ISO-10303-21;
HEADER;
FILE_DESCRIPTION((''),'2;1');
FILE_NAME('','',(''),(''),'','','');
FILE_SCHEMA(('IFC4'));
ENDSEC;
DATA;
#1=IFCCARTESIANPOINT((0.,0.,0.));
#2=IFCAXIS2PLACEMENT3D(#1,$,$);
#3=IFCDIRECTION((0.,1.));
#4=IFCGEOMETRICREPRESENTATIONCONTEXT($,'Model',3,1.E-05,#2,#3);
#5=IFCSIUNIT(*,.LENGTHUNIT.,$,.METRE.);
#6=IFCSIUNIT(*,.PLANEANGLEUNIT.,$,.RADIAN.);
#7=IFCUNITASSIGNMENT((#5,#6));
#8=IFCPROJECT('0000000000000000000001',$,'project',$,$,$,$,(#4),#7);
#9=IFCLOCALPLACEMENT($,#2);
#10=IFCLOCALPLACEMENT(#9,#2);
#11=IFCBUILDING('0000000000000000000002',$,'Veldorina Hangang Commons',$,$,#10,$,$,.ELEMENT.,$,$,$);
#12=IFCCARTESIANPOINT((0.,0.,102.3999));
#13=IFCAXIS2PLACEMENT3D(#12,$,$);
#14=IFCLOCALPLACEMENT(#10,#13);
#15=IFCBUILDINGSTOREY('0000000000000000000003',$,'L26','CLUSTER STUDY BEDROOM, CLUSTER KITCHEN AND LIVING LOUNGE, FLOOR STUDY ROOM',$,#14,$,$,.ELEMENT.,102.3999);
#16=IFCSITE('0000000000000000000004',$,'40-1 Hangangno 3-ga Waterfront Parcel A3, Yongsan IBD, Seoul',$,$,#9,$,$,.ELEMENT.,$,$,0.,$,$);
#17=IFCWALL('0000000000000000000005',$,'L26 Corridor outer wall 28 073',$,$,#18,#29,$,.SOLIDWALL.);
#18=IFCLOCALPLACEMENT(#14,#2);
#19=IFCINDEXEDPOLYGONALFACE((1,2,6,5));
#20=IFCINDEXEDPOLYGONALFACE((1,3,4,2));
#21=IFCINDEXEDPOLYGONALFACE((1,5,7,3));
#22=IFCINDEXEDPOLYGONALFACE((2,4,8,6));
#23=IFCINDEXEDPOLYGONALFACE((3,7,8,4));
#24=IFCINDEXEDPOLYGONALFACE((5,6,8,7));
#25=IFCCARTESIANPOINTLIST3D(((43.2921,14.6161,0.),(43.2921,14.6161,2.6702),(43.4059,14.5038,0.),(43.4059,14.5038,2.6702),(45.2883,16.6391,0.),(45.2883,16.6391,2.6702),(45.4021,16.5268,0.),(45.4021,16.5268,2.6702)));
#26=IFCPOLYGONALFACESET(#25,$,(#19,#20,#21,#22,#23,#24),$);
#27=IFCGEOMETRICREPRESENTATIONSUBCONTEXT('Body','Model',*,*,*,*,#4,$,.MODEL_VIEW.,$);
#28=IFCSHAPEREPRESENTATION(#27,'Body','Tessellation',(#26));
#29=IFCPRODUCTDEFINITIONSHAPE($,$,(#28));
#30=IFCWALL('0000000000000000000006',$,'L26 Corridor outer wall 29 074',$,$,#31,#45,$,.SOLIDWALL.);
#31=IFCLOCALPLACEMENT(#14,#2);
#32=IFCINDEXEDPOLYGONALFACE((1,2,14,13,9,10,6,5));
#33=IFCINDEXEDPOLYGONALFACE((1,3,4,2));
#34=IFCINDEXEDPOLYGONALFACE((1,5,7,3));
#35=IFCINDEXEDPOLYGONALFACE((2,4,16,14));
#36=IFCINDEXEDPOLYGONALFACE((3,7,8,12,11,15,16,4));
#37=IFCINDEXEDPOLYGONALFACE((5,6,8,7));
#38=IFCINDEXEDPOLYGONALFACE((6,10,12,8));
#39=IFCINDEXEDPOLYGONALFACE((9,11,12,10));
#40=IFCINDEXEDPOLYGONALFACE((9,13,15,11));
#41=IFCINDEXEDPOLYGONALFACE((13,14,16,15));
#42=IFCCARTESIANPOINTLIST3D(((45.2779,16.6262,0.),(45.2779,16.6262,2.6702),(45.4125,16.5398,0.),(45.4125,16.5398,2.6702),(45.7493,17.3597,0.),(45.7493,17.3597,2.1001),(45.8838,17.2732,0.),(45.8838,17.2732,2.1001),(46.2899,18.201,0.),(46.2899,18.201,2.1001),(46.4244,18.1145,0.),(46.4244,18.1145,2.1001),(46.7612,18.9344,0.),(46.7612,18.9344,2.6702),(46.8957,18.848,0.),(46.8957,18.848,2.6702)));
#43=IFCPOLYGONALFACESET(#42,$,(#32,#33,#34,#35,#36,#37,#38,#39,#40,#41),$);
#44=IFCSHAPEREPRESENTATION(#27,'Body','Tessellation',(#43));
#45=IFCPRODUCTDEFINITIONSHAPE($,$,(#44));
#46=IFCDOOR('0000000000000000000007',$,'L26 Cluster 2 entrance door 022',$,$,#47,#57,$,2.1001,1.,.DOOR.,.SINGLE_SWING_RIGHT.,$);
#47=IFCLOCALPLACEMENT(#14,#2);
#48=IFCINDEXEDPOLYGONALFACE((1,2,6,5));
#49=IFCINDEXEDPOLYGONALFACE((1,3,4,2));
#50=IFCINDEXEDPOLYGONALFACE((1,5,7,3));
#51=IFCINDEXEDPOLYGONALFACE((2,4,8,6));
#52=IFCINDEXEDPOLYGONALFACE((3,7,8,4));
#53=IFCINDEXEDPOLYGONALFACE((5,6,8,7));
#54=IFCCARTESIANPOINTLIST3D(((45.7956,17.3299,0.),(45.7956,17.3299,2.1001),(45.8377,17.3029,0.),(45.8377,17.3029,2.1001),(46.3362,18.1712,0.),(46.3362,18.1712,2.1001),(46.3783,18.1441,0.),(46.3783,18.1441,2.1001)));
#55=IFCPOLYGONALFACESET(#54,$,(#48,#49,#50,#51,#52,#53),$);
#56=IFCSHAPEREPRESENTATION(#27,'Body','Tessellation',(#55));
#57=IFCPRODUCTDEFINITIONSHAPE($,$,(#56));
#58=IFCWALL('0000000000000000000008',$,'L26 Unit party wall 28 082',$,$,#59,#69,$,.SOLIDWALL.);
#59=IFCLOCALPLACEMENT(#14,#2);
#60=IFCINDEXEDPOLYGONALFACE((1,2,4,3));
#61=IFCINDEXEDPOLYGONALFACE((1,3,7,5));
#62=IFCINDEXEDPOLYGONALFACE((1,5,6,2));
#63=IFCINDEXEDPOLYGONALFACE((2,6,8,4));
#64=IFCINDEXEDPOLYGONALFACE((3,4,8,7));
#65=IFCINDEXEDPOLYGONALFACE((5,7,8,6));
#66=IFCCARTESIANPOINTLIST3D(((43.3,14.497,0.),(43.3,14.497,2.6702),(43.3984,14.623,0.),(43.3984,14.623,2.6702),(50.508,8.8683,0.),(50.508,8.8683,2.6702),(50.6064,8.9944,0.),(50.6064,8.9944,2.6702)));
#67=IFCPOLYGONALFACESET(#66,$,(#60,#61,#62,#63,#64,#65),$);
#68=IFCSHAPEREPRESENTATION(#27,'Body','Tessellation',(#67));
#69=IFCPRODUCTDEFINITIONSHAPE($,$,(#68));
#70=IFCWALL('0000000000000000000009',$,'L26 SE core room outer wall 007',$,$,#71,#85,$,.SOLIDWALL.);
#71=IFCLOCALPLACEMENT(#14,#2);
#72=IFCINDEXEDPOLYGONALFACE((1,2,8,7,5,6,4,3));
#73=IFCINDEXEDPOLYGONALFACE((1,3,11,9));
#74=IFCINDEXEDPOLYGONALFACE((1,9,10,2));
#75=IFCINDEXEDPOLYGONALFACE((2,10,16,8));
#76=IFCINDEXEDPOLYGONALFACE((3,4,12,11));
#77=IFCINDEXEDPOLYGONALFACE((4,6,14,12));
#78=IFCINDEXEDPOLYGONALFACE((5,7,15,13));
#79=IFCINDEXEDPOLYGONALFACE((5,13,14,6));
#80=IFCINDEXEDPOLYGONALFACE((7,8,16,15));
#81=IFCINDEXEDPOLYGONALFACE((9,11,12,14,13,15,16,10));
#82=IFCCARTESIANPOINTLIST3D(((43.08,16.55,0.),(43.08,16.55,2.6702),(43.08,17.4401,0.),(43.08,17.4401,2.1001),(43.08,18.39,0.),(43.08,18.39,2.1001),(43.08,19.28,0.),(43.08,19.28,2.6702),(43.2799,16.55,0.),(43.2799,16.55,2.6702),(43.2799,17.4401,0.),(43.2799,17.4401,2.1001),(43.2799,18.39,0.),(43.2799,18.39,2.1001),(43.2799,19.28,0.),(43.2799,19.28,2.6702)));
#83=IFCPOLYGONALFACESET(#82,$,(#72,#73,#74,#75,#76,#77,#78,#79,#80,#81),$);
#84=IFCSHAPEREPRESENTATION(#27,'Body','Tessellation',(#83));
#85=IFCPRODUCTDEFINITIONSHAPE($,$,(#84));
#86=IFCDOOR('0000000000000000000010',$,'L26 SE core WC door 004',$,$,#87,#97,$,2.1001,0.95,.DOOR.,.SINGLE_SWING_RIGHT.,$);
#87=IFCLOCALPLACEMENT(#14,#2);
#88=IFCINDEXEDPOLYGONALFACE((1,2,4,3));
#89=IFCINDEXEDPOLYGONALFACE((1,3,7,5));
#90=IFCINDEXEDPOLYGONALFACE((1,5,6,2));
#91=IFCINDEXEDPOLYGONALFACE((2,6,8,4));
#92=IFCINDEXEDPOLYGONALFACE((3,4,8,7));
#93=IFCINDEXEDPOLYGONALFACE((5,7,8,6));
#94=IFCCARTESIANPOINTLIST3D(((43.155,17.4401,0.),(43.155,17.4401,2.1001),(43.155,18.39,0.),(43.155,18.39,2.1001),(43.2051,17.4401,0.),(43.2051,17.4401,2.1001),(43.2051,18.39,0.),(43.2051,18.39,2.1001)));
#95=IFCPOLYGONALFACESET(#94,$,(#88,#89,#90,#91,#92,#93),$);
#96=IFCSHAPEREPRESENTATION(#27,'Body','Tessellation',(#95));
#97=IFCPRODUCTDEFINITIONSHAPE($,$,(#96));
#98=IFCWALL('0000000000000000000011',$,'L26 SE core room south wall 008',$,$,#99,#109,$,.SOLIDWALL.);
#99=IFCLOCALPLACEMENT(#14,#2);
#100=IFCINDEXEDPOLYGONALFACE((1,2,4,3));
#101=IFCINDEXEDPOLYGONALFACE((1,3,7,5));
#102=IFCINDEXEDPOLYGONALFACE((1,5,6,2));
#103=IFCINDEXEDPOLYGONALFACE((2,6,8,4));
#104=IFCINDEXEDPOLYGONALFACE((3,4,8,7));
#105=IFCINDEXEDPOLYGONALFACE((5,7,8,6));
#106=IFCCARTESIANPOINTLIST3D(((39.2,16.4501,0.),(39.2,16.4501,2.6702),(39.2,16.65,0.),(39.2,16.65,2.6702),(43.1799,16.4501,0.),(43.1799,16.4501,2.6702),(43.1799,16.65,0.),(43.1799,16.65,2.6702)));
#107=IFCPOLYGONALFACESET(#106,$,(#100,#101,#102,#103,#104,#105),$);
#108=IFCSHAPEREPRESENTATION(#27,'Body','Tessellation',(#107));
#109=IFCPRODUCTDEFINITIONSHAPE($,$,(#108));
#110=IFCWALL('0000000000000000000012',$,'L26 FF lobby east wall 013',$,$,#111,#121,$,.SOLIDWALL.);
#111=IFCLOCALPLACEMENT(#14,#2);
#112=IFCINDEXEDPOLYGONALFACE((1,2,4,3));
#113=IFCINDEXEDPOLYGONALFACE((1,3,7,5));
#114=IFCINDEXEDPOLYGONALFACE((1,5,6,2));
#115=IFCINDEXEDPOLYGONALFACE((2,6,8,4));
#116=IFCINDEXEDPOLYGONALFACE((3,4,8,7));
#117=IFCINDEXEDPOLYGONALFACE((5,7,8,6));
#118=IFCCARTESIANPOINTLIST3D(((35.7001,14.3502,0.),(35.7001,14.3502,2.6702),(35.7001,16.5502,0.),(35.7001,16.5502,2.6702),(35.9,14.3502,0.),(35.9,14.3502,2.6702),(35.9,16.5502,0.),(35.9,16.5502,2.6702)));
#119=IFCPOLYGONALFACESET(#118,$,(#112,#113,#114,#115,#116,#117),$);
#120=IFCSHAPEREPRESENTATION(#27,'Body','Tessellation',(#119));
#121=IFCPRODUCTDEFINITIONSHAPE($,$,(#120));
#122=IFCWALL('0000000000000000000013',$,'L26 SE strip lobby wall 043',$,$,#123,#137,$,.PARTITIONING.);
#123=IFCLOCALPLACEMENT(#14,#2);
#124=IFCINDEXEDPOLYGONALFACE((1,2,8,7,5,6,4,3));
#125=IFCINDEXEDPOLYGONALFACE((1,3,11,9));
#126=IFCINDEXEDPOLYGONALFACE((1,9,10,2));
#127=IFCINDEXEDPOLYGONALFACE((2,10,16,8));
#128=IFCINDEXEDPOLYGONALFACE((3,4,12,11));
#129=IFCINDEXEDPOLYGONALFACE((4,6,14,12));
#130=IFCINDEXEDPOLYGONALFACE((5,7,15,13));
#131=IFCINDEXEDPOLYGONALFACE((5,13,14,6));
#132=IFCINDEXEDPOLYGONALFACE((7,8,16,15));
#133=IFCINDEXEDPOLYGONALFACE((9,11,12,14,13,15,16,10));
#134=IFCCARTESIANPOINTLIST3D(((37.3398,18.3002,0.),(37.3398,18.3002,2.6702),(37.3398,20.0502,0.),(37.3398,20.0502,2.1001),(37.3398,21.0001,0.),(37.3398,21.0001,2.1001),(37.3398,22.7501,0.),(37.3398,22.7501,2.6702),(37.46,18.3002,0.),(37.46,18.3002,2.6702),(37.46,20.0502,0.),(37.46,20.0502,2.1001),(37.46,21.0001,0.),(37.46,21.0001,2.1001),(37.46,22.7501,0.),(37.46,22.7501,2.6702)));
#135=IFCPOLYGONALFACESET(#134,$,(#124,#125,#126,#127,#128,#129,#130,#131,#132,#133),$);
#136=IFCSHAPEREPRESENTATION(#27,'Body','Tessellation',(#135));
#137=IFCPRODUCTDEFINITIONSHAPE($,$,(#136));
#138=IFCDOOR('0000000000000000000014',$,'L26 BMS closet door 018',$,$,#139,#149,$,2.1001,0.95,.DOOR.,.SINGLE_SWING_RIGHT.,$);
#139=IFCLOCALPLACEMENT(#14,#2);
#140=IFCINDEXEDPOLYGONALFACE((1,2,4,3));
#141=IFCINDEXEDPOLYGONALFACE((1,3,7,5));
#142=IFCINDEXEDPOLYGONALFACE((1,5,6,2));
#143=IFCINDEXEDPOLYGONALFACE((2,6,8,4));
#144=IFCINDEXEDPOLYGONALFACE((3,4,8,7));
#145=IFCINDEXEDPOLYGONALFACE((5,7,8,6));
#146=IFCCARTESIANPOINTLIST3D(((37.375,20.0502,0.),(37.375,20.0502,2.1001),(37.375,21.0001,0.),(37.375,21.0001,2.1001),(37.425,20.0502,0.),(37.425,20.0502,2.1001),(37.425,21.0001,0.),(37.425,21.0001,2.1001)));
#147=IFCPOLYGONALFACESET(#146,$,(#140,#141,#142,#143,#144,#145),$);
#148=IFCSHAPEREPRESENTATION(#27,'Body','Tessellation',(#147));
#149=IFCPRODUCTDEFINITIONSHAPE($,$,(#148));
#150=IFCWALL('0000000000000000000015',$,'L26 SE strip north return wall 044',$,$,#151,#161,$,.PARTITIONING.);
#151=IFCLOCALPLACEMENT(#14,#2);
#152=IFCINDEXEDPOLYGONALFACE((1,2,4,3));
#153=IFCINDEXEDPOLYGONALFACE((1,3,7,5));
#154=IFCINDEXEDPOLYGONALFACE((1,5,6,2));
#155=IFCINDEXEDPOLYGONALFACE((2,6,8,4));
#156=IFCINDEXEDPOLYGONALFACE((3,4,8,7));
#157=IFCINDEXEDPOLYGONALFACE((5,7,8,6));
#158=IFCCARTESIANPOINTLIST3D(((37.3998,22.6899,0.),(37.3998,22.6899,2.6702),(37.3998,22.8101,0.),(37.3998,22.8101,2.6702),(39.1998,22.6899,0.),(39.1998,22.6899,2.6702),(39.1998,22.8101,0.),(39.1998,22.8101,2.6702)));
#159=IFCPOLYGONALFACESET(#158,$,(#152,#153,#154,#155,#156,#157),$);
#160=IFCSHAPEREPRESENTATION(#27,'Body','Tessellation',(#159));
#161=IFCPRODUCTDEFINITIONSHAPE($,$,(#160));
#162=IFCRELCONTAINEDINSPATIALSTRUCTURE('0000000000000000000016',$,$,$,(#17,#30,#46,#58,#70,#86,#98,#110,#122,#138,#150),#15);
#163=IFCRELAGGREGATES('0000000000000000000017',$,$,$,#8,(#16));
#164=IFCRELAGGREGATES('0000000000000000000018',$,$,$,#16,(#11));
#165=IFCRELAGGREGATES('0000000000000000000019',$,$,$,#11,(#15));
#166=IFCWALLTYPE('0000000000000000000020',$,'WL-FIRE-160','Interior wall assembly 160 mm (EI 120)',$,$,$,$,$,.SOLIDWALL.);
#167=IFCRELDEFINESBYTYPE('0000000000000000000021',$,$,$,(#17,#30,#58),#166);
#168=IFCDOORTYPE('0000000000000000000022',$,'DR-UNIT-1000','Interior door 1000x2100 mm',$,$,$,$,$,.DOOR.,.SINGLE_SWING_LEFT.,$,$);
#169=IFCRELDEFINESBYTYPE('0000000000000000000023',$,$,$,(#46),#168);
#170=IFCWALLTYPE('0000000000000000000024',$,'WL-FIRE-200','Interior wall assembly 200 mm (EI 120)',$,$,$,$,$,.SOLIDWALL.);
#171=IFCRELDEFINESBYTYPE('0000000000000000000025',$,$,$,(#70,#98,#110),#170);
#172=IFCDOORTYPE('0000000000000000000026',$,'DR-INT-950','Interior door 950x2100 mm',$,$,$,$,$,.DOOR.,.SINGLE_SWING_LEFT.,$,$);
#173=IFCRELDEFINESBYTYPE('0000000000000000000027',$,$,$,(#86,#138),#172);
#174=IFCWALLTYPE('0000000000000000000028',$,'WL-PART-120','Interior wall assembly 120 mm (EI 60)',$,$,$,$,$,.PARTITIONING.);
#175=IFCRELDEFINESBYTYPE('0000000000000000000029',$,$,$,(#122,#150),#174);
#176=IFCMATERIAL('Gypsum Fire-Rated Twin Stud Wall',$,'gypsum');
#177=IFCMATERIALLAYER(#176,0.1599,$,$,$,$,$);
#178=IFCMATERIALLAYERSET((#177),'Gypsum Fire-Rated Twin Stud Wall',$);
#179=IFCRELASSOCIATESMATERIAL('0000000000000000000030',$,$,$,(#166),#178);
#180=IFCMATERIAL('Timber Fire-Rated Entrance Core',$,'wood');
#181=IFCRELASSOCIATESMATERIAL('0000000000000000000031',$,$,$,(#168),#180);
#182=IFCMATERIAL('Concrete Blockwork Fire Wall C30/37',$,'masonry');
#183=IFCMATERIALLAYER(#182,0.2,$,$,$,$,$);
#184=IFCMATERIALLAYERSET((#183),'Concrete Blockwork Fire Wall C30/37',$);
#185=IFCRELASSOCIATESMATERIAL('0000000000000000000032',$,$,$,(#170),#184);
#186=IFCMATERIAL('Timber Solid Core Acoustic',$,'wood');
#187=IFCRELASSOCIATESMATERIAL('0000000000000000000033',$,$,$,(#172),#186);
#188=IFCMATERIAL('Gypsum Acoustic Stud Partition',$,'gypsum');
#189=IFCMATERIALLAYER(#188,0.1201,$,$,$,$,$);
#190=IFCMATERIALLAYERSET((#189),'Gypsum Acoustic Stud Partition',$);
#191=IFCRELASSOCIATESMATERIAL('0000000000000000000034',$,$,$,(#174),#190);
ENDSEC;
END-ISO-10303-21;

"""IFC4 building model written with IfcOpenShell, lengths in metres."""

from ifc_helpers import new_model, si_unit, direction, frame, frame_2d, origin, place, context, subcontext, project, spatial, rectangle, extrude, material, layer, layer_set, type_object, element, fill, save


model = new_model("IFC4")

# Units and contexts
model_context = context("Model", 3, precision=1e-05, world=origin(), true_north=direction((0.0, 1.0)))
body_context = subcontext(model_context, "Body", "Model", "MODEL_VIEW")
ifc_project = project(units=[si_unit("LENGTHUNIT", "METRE"), si_unit("PLANEANGLEUNIT", "RADIAN")], contexts=[model_context])

# Site, building, storey
site_placement = place(None, origin())
site = spatial("IfcSite", under=ifc_project, at=site_placement, Name="40-1 Hangangno 3-ga Waterfront Parcel A3, Yongsan IBD, Seoul", CompositionType="ELEMENT", RefElevation=0.0)
building_placement = place(site_placement, origin())
building = spatial("IfcBuilding", under=site, at=building_placement, Name="Veldorina Hangang Commons", CompositionType="ELEMENT")
storey_placement = place(building_placement, frame((0.0, 0.0, 102.3999)))
storey = spatial("IfcBuildingStorey", under=building, at=storey_placement, Name="L26", Description="CLUSTER STUDY BEDROOM, CLUSTER KITCHEN AND LIVING LOUNGE, FLOOR STUDY ROOM", CompositionType="ELEMENT", Elevation=102.3999)

# Shared definitions
ifc_material_1 = material(Name="Gypsum Fire-Rated Twin Stud Wall", Category="gypsum")
ifc_layer_1 = layer(ifc_material_1, 0.1599)
ifc_layer_set_1 = layer_set([ifc_layer_1], Name="Gypsum Fire-Rated Twin Stud Wall")
wall_type_1 = type_object("IfcWallType", Name="WL-FIRE-160", Description="Interior wall assembly 160 mm (EI 120)", PredefinedType="SOLIDWALL", material=ifc_layer_set_1)

# Wall
wall_1_placement = place(storey_placement, frame((43.3491, 14.5601, 0.0), z_axis=(0.0, 0.0, 1.0), x_axis=(0.702366, 0.711816, 0.0)))
element("IfcWall", 1, at=wall_1_placement, inside=storey, type_object=wall_type_1, Name="L26 Corridor outer wall 28 073", PredefinedType="SOLIDWALL", context=body_context, shape_type="SweptSolid", body=[
    extrude(rectangle(XDim=2.842, YDim=0.1599, at=frame_2d((1.4209, 0.0))), origin(), (0.0, 0.0, 1.0), 2.6702),
])

# Wall, opening, door
wall_2_placement = place(storey_placement, frame((45.3452, 16.583, 0.0), z_axis=(0.0, 0.0, 1.0), x_axis=(0.540596, 0.841283, 0.0)))
wall_2 = element("IfcWall", 2, at=wall_2_placement, inside=storey, type_object=wall_type_1, Name="L26 Corridor outer wall 29 074", PredefinedType="SOLIDWALL", context=body_context, shape_type="SweptSolid", body=[
    extrude(rectangle(XDim=2.7437, YDim=0.1599, at=frame_2d((1.3718, 0.0))), origin(), (0.0, 0.0, 1.0), 2.6702),
])
opening_1_placement = place(wall_2_placement, frame((0.8718, 0.0, 0.0)))
opening_1 = element("IfcOpeningElement", 3, at=opening_1_placement, cuts=wall_2, PredefinedType="OPENING", context=body_context, shape_type="SweptSolid", body=[
    extrude(rectangle(XDim=1.0, YDim=2.1001, at=frame_2d((0.5, 1.05))), frame((0.0, 0.0898, 0.0), z_axis=(0.0, -1.0, 0.0), x_axis=(1.0, 0.0, 0.0)), (0.0, 0.0, 1.0), 0.1799),
])
ifc_material_2 = material(Name="Timber Fire-Rated Entrance Core", Category="wood")
door_type_1 = type_object("IfcDoorType", Name="DR-UNIT-1000", Description="Interior door 1000x2100 mm", OperationType="SINGLE_SWING_LEFT", PredefinedType="DOOR", material=ifc_material_2)
door_1_placement = place(opening_1_placement, origin())
door_1 = element("IfcDoor", 4, at=door_1_placement, inside=storey, type_object=door_type_1, Name="L26 Cluster 2 entrance door 022", OperationType="SINGLE_SWING_RIGHT", OverallHeight=2.1001, OverallWidth=1.0, PredefinedType="DOOR", context=body_context, shape_type="SweptSolid", body=[
    extrude(rectangle(XDim=1.0, YDim=2.1001, at=frame_2d((0.5, 1.05))), frame((0.0, 0.0249, 0.0), z_axis=(0.0, -1.0, 0.0), x_axis=(1.0, 0.0, 0.0)), (0.0, 0.0, 1.0), 0.05),
])
fill(opening_1, door_1)

# Wall
wall_3_placement = place(storey_placement, frame((43.3491, 14.5601, 0.0), z_axis=(0.0, 0.0, 1.0), x_axis=(0.788162, -0.615468, 0.0)))
element("IfcWall", 5, at=wall_3_placement, inside=storey, type_object=wall_type_1, Name="L26 Unit party wall 28 082", PredefinedType="SOLIDWALL", context=body_context, shape_type="SweptSolid", body=[
    extrude(rectangle(XDim=9.1453, YDim=0.1599, at=frame_2d((4.5728, 0.0))), origin(), (0.0, 0.0, 1.0), 2.6702),
])

# Wall, opening, door
ifc_material_3 = material(Name="Concrete Blockwork Fire Wall C30/37", Category="masonry")
ifc_layer_2 = layer(ifc_material_3, 0.2)
ifc_layer_set_2 = layer_set([ifc_layer_2], Name="Concrete Blockwork Fire Wall C30/37")
wall_type_2 = type_object("IfcWallType", Name="WL-FIRE-200", Description="Interior wall assembly 200 mm (EI 120)", PredefinedType="SOLIDWALL", material=ifc_layer_set_2)
wall_4_placement = place(storey_placement, frame((43.1799, 16.55, 0.0), z_axis=(0.0, 0.0, 1.0), x_axis=(0.0, 1.0, 0.0)))
wall_4 = element("IfcWall", 6, at=wall_4_placement, inside=storey, type_object=wall_type_2, Name="L26 SE core room outer wall 007", PredefinedType="SOLIDWALL", context=body_context, shape_type="SweptSolid", body=[
    extrude(rectangle(XDim=2.73, YDim=0.2, at=frame_2d((1.365, 0.0))), origin(), (0.0, 0.0, 1.0), 2.6702),
])
opening_2_placement = place(wall_4_placement, frame((0.8899, 0.0, 0.0)))
opening_2 = element("IfcOpeningElement", 7, at=opening_2_placement, cuts=wall_4, PredefinedType="OPENING", context=body_context, shape_type="SweptSolid", body=[
    extrude(rectangle(XDim=0.95, YDim=2.1001, at=frame_2d((0.4751, 1.05))), frame((0.0, 0.1099, 0.0), z_axis=(0.0, -1.0, 0.0), x_axis=(1.0, 0.0, 0.0)), (0.0, 0.0, 1.0), 0.22),
])
ifc_material_4 = material(Name="Timber Solid Core Acoustic", Category="wood")
door_type_2 = type_object("IfcDoorType", Name="DR-INT-950", Description="Interior door 950x2100 mm", OperationType="SINGLE_SWING_LEFT", PredefinedType="DOOR", material=ifc_material_4)
door_2_placement = place(opening_2_placement, origin())
door_2 = element("IfcDoor", 8, at=door_2_placement, inside=storey, type_object=door_type_2, Name="L26 SE core WC door 004", OperationType="SINGLE_SWING_RIGHT", OverallHeight=2.1001, OverallWidth=0.95, PredefinedType="DOOR", context=body_context, shape_type="SweptSolid", body=[
    extrude(rectangle(XDim=0.95, YDim=2.1001, at=frame_2d((0.4751, 1.05))), frame((0.0, 0.0249, 0.0), z_axis=(0.0, -1.0, 0.0), x_axis=(1.0, 0.0, 0.0)), (0.0, 0.0, 1.0), 0.05),
])
fill(opening_2, door_2)

# Walls
wall_5_placement = place(storey_placement, frame((39.2, 16.55, 0.0), z_axis=(0.0, 0.0, 1.0), x_axis=(1.0, 0.0, 0.0)))
element("IfcWall", 9, at=wall_5_placement, inside=storey, type_object=wall_type_2, Name="L26 SE core room south wall 008", PredefinedType="SOLIDWALL", context=body_context, shape_type="SweptSolid", body=[
    extrude(rectangle(XDim=3.98, YDim=0.2, at=frame_2d((1.99, 0.0))), origin(), (0.0, 0.0, 1.0), 2.6702),
])
wall_6_placement = place(storey_placement, frame((35.8, 14.3501, 0.0), z_axis=(0.0, 0.0, 1.0), x_axis=(0.0, 1.0, 0.0)))
element("IfcWall", 10, at=wall_6_placement, inside=storey, type_object=wall_type_2, Name="L26 FF lobby east wall 013", PredefinedType="SOLIDWALL", context=body_context, shape_type="SweptSolid", body=[
    extrude(rectangle(XDim=2.2, YDim=0.2, at=frame_2d((1.1001, 0.0))), origin(), (0.0, 0.0, 1.0), 2.6702),
])

# Wall, opening, door
ifc_material_5 = material(Name="Gypsum Acoustic Stud Partition", Category="gypsum")
ifc_layer_3 = layer(ifc_material_5, 0.1201)
ifc_layer_set_3 = layer_set([ifc_layer_3], Name="Gypsum Acoustic Stud Partition")
wall_type_3 = type_object("IfcWallType", Name="WL-PART-120", Description="Interior wall assembly 120 mm (EI 60)", PredefinedType="PARTITIONING", material=ifc_layer_set_3)
wall_7_placement = place(storey_placement, frame((37.3999, 18.3, 0.0), z_axis=(0.0, 0.0, 1.0), x_axis=(0.0, 1.0, 0.0)))
wall_7 = element("IfcWall", 11, at=wall_7_placement, inside=storey, type_object=wall_type_3, Name="L26 SE strip lobby wall 043", PredefinedType="PARTITIONING", context=body_context, shape_type="SweptSolid", body=[
    extrude(rectangle(XDim=4.45, YDim=0.1201, at=frame_2d((2.2251, 0.0))), origin(), (0.0, 0.0, 1.0), 2.6702),
])
opening_3_placement = place(wall_7_placement, frame((1.75, 0.0, 0.0)))
opening_3 = element("IfcOpeningElement", 12, at=opening_3_placement, cuts=wall_7, PredefinedType="OPENING", context=body_context, shape_type="SweptSolid", body=[
    extrude(rectangle(XDim=0.95, YDim=2.1001, at=frame_2d((0.4751, 1.05))), frame((0.0, 0.0701, 0.0), z_axis=(0.0, -1.0, 0.0), x_axis=(1.0, 0.0, 0.0)), (0.0, 0.0, 1.0), 0.1401),
])
door_3_placement = place(opening_3_placement, origin())
door_3 = element("IfcDoor", 13, at=door_3_placement, inside=storey, type_object=door_type_2, Name="L26 BMS closet door 018", OperationType="SINGLE_SWING_RIGHT", OverallHeight=2.1001, OverallWidth=0.95, PredefinedType="DOOR", context=body_context, shape_type="SweptSolid", body=[
    extrude(rectangle(XDim=0.95, YDim=2.1001, at=frame_2d((0.4751, 1.05))), frame((0.0, 0.0249, 0.0), z_axis=(0.0, -1.0, 0.0), x_axis=(1.0, 0.0, 0.0)), (0.0, 0.0, 1.0), 0.05),
])
fill(opening_3, door_3)

# Wall
wall_8_placement = place(storey_placement, frame((37.3999, 22.75, 0.0), z_axis=(0.0, 0.0, 1.0), x_axis=(1.0, 0.0, 0.0)))
element("IfcWall", 14, at=wall_8_placement, inside=storey, type_object=wall_type_3, Name="L26 SE strip north return wall 044", PredefinedType="PARTITIONING", context=body_context, shape_type="SweptSolid", body=[
    extrude(rectangle(XDim=1.8, YDim=0.1201, at=frame_2d((0.8999, 0.0))), origin(), (0.0, 0.0, 1.0), 2.6702),
])

save(model, "model.ifc")
